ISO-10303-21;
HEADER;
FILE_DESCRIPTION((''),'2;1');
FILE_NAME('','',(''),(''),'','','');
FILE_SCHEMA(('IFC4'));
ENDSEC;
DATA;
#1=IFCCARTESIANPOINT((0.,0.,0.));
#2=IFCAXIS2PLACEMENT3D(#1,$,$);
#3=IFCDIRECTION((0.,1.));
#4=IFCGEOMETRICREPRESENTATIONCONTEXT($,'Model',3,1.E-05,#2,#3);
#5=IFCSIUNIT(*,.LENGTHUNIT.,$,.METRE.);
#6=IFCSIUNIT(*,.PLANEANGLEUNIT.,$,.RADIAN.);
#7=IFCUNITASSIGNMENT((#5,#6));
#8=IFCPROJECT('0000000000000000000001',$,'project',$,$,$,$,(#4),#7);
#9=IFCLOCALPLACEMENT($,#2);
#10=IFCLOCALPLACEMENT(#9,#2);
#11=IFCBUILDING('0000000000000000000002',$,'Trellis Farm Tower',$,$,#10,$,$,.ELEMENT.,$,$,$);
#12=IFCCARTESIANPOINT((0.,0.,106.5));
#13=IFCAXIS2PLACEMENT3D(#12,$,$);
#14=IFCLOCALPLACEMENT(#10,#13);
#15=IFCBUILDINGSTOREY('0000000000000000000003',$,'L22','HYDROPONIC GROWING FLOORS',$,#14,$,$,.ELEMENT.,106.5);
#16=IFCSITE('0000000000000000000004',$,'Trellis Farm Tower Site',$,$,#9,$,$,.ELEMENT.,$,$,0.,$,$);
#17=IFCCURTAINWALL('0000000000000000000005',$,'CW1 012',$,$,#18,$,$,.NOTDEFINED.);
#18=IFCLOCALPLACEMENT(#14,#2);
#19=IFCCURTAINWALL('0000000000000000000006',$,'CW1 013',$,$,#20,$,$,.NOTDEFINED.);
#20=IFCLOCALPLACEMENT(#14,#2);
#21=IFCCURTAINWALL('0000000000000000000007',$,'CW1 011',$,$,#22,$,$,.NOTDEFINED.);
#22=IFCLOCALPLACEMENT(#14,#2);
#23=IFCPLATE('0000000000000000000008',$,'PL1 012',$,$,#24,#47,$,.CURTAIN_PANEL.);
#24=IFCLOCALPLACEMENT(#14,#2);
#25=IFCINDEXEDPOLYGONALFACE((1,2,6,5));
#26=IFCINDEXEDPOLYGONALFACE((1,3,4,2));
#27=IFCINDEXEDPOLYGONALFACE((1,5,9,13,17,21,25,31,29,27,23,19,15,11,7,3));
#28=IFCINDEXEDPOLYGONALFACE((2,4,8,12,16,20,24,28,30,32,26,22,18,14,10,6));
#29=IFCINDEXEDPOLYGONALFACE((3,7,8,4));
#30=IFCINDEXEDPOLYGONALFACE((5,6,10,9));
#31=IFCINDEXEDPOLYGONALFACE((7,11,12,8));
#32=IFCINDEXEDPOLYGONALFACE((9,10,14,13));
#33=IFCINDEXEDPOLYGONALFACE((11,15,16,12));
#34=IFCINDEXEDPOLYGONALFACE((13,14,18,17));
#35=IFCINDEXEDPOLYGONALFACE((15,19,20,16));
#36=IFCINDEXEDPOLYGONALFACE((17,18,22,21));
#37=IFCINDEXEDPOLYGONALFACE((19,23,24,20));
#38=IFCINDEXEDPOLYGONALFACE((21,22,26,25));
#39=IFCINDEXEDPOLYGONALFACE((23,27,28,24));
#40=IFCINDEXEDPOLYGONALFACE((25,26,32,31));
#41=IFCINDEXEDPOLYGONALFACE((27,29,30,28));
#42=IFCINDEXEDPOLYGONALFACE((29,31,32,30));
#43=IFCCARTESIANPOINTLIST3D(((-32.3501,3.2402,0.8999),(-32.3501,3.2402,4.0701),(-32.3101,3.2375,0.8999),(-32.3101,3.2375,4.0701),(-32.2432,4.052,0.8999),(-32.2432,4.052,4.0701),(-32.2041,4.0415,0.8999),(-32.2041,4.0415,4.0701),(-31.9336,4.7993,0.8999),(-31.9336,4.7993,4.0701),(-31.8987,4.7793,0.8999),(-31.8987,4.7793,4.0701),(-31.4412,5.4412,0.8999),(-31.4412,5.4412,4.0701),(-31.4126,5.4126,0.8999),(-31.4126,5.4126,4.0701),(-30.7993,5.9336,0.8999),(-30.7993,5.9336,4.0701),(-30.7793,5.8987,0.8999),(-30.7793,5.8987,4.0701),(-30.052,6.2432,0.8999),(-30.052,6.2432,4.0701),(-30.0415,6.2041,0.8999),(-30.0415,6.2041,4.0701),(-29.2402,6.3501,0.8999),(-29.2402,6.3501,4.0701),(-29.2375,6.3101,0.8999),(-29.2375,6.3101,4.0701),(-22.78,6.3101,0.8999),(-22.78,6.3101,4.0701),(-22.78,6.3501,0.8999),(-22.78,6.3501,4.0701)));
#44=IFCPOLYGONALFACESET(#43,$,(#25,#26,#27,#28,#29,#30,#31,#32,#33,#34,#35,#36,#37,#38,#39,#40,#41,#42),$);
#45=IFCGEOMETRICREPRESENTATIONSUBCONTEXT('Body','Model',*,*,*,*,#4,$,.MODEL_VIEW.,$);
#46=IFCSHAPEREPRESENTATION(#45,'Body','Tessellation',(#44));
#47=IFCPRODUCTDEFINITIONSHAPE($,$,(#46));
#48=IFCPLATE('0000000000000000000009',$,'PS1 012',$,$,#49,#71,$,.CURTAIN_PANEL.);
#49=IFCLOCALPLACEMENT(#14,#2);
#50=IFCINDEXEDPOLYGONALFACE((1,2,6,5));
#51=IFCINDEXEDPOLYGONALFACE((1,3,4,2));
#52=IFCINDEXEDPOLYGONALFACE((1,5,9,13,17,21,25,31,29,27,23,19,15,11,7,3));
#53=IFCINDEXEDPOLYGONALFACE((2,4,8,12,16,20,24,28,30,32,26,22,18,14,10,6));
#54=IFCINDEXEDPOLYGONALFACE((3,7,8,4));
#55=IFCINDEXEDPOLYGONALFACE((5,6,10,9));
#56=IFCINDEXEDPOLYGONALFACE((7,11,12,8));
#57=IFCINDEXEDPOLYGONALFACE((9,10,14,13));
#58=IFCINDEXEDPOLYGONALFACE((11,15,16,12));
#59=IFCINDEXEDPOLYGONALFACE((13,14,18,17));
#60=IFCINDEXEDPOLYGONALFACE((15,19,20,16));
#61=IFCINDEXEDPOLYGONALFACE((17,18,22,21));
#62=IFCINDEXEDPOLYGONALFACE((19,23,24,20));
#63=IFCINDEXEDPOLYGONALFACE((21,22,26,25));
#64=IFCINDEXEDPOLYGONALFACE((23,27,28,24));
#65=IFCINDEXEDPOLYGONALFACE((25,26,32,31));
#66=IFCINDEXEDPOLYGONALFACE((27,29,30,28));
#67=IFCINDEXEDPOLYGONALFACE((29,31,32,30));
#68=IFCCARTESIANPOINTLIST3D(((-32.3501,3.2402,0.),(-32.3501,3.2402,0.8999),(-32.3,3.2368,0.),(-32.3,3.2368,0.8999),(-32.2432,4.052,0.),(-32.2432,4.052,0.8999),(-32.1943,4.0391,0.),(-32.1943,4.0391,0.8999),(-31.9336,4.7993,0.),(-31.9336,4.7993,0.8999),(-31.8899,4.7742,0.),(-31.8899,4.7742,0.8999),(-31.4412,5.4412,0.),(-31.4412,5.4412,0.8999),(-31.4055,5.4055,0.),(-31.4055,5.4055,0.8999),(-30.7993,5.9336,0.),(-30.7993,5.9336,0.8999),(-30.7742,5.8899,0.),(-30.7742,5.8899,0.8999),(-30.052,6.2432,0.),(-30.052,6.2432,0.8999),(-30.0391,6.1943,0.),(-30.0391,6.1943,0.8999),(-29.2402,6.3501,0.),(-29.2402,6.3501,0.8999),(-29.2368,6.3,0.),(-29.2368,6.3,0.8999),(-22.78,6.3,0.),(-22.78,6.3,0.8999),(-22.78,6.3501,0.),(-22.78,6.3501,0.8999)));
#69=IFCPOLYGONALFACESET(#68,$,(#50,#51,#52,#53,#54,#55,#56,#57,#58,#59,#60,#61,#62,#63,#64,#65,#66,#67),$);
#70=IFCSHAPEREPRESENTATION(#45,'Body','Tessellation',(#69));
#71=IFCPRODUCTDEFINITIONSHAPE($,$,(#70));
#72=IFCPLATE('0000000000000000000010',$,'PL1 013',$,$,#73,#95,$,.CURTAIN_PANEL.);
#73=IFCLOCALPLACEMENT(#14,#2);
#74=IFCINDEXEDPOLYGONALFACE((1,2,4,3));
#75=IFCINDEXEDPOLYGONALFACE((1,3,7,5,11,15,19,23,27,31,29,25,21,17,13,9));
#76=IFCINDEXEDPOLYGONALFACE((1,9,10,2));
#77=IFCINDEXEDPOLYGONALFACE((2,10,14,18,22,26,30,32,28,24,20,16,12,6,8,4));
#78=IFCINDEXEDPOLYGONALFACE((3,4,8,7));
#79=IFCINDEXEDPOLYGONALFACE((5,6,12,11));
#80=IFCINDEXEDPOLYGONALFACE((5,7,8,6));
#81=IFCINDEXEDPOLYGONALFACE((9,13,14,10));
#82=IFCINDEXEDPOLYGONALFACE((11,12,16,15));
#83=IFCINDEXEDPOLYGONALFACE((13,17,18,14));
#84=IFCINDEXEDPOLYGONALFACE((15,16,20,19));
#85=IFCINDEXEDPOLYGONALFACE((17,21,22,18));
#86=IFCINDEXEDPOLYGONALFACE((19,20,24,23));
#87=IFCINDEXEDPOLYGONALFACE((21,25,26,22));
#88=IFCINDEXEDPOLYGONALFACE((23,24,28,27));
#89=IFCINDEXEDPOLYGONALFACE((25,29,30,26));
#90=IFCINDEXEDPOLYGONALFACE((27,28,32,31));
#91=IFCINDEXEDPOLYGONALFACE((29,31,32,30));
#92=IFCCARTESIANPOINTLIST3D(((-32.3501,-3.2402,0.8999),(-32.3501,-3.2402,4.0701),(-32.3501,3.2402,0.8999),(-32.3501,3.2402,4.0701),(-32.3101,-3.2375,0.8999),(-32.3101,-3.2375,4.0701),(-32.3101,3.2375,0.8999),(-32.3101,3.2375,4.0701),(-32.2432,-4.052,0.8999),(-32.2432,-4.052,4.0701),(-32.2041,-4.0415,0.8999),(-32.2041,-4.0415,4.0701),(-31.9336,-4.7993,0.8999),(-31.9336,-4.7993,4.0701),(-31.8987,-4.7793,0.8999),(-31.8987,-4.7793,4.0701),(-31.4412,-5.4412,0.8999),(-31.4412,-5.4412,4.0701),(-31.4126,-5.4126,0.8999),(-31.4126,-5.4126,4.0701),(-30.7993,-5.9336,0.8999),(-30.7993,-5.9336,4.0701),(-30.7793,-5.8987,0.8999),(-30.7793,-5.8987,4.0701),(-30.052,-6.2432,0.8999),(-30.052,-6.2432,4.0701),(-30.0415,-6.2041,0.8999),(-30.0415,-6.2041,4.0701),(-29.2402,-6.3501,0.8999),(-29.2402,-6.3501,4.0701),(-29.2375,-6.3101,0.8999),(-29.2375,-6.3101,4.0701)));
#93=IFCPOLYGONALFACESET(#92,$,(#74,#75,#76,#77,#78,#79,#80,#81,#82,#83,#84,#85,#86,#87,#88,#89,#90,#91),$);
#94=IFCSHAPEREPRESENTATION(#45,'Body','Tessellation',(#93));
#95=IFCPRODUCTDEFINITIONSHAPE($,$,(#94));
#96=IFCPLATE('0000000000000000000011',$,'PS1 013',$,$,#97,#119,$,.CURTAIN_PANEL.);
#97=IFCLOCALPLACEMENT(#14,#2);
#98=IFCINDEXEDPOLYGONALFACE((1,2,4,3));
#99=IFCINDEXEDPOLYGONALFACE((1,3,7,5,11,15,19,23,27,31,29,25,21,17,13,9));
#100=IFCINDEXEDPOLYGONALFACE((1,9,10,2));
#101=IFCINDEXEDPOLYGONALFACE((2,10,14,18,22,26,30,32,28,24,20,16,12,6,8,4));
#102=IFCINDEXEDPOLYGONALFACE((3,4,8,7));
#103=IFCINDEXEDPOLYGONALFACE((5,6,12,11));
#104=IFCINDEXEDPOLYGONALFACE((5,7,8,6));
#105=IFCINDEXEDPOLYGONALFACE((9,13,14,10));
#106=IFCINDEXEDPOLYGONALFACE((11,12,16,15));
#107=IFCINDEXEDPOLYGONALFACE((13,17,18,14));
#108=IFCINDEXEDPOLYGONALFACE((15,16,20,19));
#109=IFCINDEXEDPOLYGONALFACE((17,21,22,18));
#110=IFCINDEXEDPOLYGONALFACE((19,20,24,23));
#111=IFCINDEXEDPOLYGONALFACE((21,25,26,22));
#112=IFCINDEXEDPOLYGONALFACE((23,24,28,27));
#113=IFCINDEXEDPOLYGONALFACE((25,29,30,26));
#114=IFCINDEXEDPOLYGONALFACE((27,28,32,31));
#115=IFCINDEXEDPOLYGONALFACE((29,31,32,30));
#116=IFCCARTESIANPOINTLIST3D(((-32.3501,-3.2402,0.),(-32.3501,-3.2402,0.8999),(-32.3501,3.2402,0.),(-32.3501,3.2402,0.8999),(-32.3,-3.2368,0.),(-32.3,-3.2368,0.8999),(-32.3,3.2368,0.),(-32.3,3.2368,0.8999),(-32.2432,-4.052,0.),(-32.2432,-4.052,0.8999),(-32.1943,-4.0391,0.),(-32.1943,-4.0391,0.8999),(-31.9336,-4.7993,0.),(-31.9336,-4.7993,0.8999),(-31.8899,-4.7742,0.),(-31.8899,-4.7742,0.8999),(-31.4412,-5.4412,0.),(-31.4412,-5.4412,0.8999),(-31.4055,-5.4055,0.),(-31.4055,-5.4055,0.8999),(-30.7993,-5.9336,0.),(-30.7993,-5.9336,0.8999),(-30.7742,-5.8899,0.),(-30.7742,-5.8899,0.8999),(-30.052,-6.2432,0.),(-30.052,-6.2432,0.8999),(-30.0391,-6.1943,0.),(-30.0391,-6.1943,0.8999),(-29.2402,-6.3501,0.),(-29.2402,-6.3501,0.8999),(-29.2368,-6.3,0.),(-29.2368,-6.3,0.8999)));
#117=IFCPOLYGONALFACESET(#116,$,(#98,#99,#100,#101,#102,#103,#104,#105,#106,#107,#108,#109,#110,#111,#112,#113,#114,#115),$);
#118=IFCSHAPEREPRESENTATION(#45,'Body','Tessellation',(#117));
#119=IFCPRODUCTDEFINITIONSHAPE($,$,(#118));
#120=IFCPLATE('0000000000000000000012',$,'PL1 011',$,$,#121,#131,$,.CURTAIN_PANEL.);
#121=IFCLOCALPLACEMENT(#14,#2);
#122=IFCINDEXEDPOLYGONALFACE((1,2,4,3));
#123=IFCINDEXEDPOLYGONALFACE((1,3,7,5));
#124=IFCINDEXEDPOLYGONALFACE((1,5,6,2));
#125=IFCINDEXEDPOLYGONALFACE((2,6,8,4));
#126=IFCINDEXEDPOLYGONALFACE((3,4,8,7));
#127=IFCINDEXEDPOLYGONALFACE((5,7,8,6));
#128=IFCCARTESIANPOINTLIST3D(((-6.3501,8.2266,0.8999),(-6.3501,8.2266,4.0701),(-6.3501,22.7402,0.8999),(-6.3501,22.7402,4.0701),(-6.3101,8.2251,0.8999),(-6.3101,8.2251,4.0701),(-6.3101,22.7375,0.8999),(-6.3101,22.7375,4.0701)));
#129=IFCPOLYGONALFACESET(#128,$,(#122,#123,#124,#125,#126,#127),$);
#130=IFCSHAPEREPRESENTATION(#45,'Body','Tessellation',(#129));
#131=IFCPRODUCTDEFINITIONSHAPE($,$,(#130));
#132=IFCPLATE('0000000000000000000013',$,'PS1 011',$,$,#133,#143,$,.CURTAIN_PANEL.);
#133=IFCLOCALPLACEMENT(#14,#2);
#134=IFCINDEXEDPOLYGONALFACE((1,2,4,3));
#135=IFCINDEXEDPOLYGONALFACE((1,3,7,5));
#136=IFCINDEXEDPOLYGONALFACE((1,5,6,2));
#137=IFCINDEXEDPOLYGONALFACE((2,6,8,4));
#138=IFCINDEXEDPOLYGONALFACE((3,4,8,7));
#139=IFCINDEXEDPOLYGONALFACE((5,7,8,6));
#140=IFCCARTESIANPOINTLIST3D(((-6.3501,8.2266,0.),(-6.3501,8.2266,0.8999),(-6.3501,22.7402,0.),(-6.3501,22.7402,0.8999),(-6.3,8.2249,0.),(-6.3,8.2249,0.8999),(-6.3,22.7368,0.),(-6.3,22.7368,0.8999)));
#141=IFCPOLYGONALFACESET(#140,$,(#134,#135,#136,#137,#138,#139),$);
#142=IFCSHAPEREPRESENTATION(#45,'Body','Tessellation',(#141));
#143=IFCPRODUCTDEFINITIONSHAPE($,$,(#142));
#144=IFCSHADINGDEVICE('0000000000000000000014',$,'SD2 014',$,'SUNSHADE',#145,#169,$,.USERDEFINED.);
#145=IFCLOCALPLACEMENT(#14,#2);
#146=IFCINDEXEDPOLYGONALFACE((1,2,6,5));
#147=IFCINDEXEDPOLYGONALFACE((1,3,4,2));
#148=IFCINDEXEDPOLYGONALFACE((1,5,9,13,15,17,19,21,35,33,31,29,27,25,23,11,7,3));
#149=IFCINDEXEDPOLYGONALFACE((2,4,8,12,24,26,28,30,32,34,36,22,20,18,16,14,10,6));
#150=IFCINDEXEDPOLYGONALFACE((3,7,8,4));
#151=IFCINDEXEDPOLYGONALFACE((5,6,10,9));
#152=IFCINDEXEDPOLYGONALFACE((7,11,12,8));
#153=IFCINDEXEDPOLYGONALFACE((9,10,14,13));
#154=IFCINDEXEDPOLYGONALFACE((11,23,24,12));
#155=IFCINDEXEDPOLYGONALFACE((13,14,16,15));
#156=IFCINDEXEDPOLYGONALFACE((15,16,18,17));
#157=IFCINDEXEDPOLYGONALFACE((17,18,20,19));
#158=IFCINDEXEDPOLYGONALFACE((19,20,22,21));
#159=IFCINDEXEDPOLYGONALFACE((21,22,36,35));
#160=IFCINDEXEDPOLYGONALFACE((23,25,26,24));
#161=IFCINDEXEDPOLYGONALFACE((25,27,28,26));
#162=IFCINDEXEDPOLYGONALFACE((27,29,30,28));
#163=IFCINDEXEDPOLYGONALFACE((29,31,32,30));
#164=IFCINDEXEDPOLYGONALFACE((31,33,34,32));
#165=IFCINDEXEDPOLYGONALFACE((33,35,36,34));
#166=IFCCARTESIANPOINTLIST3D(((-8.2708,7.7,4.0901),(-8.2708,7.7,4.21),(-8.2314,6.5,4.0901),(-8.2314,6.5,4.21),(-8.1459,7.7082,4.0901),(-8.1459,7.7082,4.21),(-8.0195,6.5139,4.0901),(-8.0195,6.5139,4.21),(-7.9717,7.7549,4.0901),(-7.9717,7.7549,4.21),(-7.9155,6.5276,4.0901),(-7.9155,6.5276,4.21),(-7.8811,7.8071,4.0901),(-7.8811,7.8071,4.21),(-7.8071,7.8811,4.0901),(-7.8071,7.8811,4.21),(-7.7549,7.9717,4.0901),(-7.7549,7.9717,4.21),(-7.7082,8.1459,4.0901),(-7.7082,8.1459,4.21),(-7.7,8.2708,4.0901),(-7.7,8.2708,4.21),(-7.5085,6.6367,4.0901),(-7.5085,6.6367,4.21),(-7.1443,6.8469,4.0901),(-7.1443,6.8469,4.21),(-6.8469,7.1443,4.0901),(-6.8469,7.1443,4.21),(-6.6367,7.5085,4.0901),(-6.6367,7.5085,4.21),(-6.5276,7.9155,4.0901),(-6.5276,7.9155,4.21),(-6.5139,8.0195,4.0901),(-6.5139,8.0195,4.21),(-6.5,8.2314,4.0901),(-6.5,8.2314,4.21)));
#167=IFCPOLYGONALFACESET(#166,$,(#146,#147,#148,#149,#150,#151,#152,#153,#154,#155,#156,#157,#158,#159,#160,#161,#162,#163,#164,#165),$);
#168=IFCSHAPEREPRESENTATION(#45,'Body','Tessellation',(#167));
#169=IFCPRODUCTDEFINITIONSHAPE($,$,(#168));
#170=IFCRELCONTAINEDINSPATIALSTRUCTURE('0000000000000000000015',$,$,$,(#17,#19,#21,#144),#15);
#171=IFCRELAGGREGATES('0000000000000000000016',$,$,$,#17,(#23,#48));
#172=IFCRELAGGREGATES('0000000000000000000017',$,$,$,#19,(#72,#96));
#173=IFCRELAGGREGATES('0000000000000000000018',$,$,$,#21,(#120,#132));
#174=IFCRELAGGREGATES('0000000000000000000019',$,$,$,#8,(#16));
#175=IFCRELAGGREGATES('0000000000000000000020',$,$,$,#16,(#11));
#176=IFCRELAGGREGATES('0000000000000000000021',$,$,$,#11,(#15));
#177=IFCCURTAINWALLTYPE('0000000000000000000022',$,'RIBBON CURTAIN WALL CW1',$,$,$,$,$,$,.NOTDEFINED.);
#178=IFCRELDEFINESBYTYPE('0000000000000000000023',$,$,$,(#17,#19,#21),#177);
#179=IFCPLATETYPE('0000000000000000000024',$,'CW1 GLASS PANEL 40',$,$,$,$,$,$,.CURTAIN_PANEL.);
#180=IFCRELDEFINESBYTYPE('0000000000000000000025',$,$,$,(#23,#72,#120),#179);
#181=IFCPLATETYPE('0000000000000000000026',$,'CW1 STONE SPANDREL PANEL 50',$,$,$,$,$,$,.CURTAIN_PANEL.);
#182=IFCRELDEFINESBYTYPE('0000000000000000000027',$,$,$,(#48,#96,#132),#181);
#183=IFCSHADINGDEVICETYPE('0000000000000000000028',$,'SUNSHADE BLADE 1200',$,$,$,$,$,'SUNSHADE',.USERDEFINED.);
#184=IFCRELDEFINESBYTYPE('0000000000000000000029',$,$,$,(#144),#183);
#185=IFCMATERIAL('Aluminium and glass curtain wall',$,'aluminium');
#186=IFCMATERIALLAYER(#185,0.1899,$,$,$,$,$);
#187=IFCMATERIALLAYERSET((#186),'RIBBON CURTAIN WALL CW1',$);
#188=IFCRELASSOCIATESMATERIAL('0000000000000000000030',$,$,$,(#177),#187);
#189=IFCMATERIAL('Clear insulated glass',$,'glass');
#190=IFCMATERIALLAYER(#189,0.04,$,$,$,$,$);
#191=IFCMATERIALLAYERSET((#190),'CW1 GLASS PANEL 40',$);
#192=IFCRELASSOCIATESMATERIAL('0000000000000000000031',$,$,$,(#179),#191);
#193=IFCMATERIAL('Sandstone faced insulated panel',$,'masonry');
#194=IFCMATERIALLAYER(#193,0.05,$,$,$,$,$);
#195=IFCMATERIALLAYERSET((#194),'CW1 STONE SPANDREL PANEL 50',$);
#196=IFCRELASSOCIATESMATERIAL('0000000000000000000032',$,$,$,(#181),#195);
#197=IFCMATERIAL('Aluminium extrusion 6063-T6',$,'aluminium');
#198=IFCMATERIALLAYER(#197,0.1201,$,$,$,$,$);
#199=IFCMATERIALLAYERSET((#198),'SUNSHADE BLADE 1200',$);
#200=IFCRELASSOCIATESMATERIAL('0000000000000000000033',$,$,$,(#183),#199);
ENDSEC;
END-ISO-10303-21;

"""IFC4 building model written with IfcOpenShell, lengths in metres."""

from ifc_helpers import new_model, si_unit, direction, frame, origin, place, context, subcontext, project, spatial, polyline, outline, extrude, source, transform, mapped, material, layer, layer_set, type_object, element, aggregate, save


model = new_model("IFC4")

# Units and contexts
model_context = context("Model", 3, precision=1e-05, world=origin(), true_north=direction((0.0, 1.0)))
body_context = subcontext(model_context, "Body", "Model", "MODEL_VIEW")
ifc_project = project(units=[si_unit("LENGTHUNIT", "METRE"), si_unit("PLANEANGLEUNIT", "RADIAN")], contexts=[model_context])

# Site, building, storey
site_placement = place(None, origin())
site = spatial("IfcSite", under=ifc_project, at=site_placement, Name="Trellis Farm Tower Site", CompositionType="ELEMENT", RefElevation=0.0)
building_placement = place(site_placement, origin())
building = spatial("IfcBuilding", under=site, at=building_placement, Name="Trellis Farm Tower", CompositionType="ELEMENT")
storey_placement = place(building_placement, frame((0.0, 0.0, 106.5)))
storey = spatial("IfcBuildingStorey", under=building, at=storey_placement, Name="L22", Description="HYDROPONIC GROWING FLOORS", CompositionType="ELEMENT", Elevation=106.5)

# Curtain walls
ifc_material_1 = material(Name="Aluminium and glass curtain wall", Category="aluminium")
placement_1 = place(storey_placement, origin())
ifc_material_2 = material(Name="Aluminium extrusion 6063-T6", Category="aluminium")
ifc_layer_1 = layer(ifc_material_1, 0.1899)
ifc_layer_set_1 = layer_set([ifc_layer_1], Name="RIBBON CURTAIN WALL CW1")
curtain_wall_type_1 = type_object("IfcCurtainWallType", Name="RIBBON CURTAIN WALL CW1", PredefinedType="NOTDEFINED", material=ifc_layer_set_1)
curtain_wall_1 = element("IfcCurtainWall", 1, at=placement_1, inside=storey, type_object=curtain_wall_type_1, Name="CW1 012", PredefinedType="NOTDEFINED")
curtain_wall_2 = element("IfcCurtainWall", 2, at=placement_1, inside=storey, type_object=curtain_wall_type_1, Name="CW1 013", PredefinedType="NOTDEFINED")
curtain_wall_3 = element("IfcCurtainWall", 3, at=placement_1, inside=storey, type_object=curtain_wall_type_1, Name="CW1 011", PredefinedType="NOTDEFINED")

# Plates
ifc_material_3 = material(Name="Clear insulated glass", Category="glass")
ifc_layer_2 = layer(ifc_material_3, 0.04)
ifc_layer_set_2 = layer_set([ifc_layer_2], Name="CW1 GLASS PANEL 40")
plate_type_1 = type_object("IfcPlateType", Name="CW1 GLASS PANEL 40", PredefinedType="CURTAIN_PANEL", material=ifc_layer_set_2)
shared_shape_1 = source(origin(), body_context, "Body", "SweptSolid", [
    extrude(outline(polyline([(-22.78, 6.3501), (-29.2402, 6.3501), (-30.052, 6.2432), (-30.7993, 5.9336), (-31.4412, 5.4412), (-31.9336, 4.7993), (-32.2432, 4.052), (-32.3501, 3.2402), (-32.3101, 3.2375), (-32.2041, 4.0415), (-31.8987, 4.7793), (-31.4126, 5.4126), (-30.7793, 5.8987), (-30.0415, 6.2041), (-29.2375, 6.3101), (-22.78, 6.3101), (-22.78, 6.3501)])), origin(), (0.0, 0.0, 1.0), 3.1702),
])
placement_2 = place(storey_placement, frame((0.0, 0.0, 0.8999)))
plate_1 = element("IfcPlate", 4, at=placement_2, type_object=plate_type_1, Name="PL1 012", PredefinedType="CURTAIN_PANEL", context=body_context, shape_type="MappedRepresentation", body=[
    mapped(shared_shape_1, transform((0.0, 0.0, 0.0))),
])
ifc_material_4 = material(Name="Sandstone faced insulated panel", Category="masonry")
ifc_layer_3 = layer(ifc_material_4, 0.05)
ifc_layer_set_3 = layer_set([ifc_layer_3], Name="CW1 STONE SPANDREL PANEL 50")
plate_type_2 = type_object("IfcPlateType", Name="CW1 STONE SPANDREL PANEL 50", PredefinedType="CURTAIN_PANEL", material=ifc_layer_set_3)
shared_shape_2 = source(origin(), body_context, "Body", "SweptSolid", [
    extrude(outline(polyline([(-22.78, 6.3501), (-29.2402, 6.3501), (-30.052, 6.2432), (-30.7993, 5.9336), (-31.4412, 5.4412), (-31.9336, 4.7993), (-32.2432, 4.052), (-32.3501, 3.2402), (-32.3, 3.2368), (-32.1943, 4.0391), (-31.8899, 4.7742), (-31.4055, 5.4055), (-30.7742, 5.8899), (-30.0391, 6.1943), (-29.2368, 6.3), (-22.78, 6.3), (-22.78, 6.3501)])), origin(), (0.0, 0.0, 1.0), 0.8999),
])
plate_2 = element("IfcPlate", 5, at=placement_1, type_object=plate_type_2, Name="PS1 012", PredefinedType="CURTAIN_PANEL", context=body_context, shape_type="MappedRepresentation", body=[
    mapped(shared_shape_2, transform((0.0, 0.0, 0.0))),
])
aggregate(curtain_wall_1, [plate_1, plate_2])
shared_shape_3 = source(origin(), body_context, "Body", "SweptSolid", [
    extrude(outline(polyline([(-32.3501, 3.2402), (-32.3501, -3.2402), (-32.2432, -4.052), (-31.9336, -4.7993), (-31.4412, -5.4412), (-30.7993, -5.9336), (-30.052, -6.2432), (-29.2402, -6.3501), (-29.2375, -6.3101), (-30.0415, -6.2041), (-30.7793, -5.8987), (-31.4126, -5.4126), (-31.8987, -4.7793), (-32.2041, -4.0415), (-32.3101, -3.2375), (-32.3101, 3.2375), (-32.3501, 3.2402)])), origin(), (0.0, 0.0, 1.0), 3.1702),
])
plate_3 = element("IfcPlate", 6, at=placement_2, type_object=plate_type_1, Name="PL1 013", PredefinedType="CURTAIN_PANEL", context=body_context, shape_type="MappedRepresentation", body=[
    mapped(shared_shape_3, transform((0.0, 0.0, 0.0))),
])
shared_shape_4 = source(origin(), body_context, "Body", "SweptSolid", [
    extrude(outline(polyline([(-32.3501, 3.2402), (-32.3501, -3.2402), (-32.2432, -4.052), (-31.9336, -4.7993), (-31.4412, -5.4412), (-30.7993, -5.9336), (-30.052, -6.2432), (-29.2402, -6.3501), (-29.2368, -6.3), (-30.0391, -6.1943), (-30.7742, -5.8899), (-31.4055, -5.4055), (-31.8899, -4.7742), (-32.1943, -4.0391), (-32.3, -3.2368), (-32.3, 3.2368), (-32.3501, 3.2402)])), origin(), (0.0, 0.0, 1.0), 0.8999),
])
plate_4 = element("IfcPlate", 7, at=placement_1, type_object=plate_type_2, Name="PS1 013", PredefinedType="CURTAIN_PANEL", context=body_context, shape_type="MappedRepresentation", body=[
    mapped(shared_shape_4, transform((0.0, 0.0, 0.0))),
])
aggregate(curtain_wall_2, [plate_3, plate_4])
shared_shape_5 = source(origin(), body_context, "Body", "SweptSolid", [
    extrude(outline(polyline([(-6.3501, 22.7402), (-6.3501, 8.2266), (-6.3101, 8.2251), (-6.3101, 22.7375), (-6.3501, 22.7402)])), origin(), (0.0, 0.0, 1.0), 3.1702),
])
plate_5 = element("IfcPlate", 8, at=placement_2, type_object=plate_type_1, Name="PL1 011", PredefinedType="CURTAIN_PANEL", context=body_context, shape_type="MappedRepresentation", body=[
    mapped(shared_shape_5, transform((0.0, 0.0, 0.0))),
])
shared_shape_6 = source(origin(), body_context, "Body", "SweptSolid", [
    extrude(outline(polyline([(-6.3501, 22.7402), (-6.3501, 8.2266), (-6.3, 8.2249), (-6.3, 22.7368), (-6.3501, 22.7402)])), origin(), (0.0, 0.0, 1.0), 0.8999),
])
plate_6 = element("IfcPlate", 9, at=placement_1, type_object=plate_type_2, Name="PS1 011", PredefinedType="CURTAIN_PANEL", context=body_context, shape_type="MappedRepresentation", body=[
    mapped(shared_shape_6, transform((0.0, 0.0, 0.0))),
])
aggregate(curtain_wall_3, [plate_5, plate_6])

# Shading device
ifc_layer_4 = layer(ifc_material_2, 0.1201)
ifc_layer_set_4 = layer_set([ifc_layer_4], Name="SUNSHADE BLADE 1200")
shading_device_type_1 = type_object("IfcShadingDeviceType", Name="SUNSHADE BLADE 1200", ElementType="SUNSHADE", PredefinedType="USERDEFINED", material=ifc_layer_set_4)
shared_shape_7 = source(origin(), body_context, "Body", "SweptSolid", [
    extrude(outline(polyline([(-7.7, 8.2708), (-7.7087, 8.1372), (-7.707, 8.1501), (-7.7549, 7.9717), (-7.8071, 7.8811), (-7.8811, 7.8071), (-7.9717, 7.7549), (-8.1501, 7.707), (-8.1372, 7.7087), (-8.2708, 7.7), (-8.2314, 6.5), (-8.0195, 6.5139), (-7.9155, 6.5276), (-7.5085, 6.6367), (-7.1443, 6.8469), (-6.8469, 7.1443), (-6.6367, 7.5085), (-6.5276, 7.9155), (-6.5139, 8.0195), (-6.5, 8.2314), (-7.7, 8.2708)])), origin(), (0.0, 0.0, 1.0), 0.1199),
])
placement_3 = place(storey_placement, frame((0.0, 0.0, 4.0901)))
element("IfcShadingDevice", 10, at=placement_3, inside=storey, type_object=shading_device_type_1, Name="SD2 014", ObjectType="SUNSHADE", PredefinedType="USERDEFINED", context=body_context, shape_type="MappedRepresentation", body=[
    mapped(shared_shape_7, transform((0.0, 0.0, 0.0))),
])

save(model, "model.ifc")
